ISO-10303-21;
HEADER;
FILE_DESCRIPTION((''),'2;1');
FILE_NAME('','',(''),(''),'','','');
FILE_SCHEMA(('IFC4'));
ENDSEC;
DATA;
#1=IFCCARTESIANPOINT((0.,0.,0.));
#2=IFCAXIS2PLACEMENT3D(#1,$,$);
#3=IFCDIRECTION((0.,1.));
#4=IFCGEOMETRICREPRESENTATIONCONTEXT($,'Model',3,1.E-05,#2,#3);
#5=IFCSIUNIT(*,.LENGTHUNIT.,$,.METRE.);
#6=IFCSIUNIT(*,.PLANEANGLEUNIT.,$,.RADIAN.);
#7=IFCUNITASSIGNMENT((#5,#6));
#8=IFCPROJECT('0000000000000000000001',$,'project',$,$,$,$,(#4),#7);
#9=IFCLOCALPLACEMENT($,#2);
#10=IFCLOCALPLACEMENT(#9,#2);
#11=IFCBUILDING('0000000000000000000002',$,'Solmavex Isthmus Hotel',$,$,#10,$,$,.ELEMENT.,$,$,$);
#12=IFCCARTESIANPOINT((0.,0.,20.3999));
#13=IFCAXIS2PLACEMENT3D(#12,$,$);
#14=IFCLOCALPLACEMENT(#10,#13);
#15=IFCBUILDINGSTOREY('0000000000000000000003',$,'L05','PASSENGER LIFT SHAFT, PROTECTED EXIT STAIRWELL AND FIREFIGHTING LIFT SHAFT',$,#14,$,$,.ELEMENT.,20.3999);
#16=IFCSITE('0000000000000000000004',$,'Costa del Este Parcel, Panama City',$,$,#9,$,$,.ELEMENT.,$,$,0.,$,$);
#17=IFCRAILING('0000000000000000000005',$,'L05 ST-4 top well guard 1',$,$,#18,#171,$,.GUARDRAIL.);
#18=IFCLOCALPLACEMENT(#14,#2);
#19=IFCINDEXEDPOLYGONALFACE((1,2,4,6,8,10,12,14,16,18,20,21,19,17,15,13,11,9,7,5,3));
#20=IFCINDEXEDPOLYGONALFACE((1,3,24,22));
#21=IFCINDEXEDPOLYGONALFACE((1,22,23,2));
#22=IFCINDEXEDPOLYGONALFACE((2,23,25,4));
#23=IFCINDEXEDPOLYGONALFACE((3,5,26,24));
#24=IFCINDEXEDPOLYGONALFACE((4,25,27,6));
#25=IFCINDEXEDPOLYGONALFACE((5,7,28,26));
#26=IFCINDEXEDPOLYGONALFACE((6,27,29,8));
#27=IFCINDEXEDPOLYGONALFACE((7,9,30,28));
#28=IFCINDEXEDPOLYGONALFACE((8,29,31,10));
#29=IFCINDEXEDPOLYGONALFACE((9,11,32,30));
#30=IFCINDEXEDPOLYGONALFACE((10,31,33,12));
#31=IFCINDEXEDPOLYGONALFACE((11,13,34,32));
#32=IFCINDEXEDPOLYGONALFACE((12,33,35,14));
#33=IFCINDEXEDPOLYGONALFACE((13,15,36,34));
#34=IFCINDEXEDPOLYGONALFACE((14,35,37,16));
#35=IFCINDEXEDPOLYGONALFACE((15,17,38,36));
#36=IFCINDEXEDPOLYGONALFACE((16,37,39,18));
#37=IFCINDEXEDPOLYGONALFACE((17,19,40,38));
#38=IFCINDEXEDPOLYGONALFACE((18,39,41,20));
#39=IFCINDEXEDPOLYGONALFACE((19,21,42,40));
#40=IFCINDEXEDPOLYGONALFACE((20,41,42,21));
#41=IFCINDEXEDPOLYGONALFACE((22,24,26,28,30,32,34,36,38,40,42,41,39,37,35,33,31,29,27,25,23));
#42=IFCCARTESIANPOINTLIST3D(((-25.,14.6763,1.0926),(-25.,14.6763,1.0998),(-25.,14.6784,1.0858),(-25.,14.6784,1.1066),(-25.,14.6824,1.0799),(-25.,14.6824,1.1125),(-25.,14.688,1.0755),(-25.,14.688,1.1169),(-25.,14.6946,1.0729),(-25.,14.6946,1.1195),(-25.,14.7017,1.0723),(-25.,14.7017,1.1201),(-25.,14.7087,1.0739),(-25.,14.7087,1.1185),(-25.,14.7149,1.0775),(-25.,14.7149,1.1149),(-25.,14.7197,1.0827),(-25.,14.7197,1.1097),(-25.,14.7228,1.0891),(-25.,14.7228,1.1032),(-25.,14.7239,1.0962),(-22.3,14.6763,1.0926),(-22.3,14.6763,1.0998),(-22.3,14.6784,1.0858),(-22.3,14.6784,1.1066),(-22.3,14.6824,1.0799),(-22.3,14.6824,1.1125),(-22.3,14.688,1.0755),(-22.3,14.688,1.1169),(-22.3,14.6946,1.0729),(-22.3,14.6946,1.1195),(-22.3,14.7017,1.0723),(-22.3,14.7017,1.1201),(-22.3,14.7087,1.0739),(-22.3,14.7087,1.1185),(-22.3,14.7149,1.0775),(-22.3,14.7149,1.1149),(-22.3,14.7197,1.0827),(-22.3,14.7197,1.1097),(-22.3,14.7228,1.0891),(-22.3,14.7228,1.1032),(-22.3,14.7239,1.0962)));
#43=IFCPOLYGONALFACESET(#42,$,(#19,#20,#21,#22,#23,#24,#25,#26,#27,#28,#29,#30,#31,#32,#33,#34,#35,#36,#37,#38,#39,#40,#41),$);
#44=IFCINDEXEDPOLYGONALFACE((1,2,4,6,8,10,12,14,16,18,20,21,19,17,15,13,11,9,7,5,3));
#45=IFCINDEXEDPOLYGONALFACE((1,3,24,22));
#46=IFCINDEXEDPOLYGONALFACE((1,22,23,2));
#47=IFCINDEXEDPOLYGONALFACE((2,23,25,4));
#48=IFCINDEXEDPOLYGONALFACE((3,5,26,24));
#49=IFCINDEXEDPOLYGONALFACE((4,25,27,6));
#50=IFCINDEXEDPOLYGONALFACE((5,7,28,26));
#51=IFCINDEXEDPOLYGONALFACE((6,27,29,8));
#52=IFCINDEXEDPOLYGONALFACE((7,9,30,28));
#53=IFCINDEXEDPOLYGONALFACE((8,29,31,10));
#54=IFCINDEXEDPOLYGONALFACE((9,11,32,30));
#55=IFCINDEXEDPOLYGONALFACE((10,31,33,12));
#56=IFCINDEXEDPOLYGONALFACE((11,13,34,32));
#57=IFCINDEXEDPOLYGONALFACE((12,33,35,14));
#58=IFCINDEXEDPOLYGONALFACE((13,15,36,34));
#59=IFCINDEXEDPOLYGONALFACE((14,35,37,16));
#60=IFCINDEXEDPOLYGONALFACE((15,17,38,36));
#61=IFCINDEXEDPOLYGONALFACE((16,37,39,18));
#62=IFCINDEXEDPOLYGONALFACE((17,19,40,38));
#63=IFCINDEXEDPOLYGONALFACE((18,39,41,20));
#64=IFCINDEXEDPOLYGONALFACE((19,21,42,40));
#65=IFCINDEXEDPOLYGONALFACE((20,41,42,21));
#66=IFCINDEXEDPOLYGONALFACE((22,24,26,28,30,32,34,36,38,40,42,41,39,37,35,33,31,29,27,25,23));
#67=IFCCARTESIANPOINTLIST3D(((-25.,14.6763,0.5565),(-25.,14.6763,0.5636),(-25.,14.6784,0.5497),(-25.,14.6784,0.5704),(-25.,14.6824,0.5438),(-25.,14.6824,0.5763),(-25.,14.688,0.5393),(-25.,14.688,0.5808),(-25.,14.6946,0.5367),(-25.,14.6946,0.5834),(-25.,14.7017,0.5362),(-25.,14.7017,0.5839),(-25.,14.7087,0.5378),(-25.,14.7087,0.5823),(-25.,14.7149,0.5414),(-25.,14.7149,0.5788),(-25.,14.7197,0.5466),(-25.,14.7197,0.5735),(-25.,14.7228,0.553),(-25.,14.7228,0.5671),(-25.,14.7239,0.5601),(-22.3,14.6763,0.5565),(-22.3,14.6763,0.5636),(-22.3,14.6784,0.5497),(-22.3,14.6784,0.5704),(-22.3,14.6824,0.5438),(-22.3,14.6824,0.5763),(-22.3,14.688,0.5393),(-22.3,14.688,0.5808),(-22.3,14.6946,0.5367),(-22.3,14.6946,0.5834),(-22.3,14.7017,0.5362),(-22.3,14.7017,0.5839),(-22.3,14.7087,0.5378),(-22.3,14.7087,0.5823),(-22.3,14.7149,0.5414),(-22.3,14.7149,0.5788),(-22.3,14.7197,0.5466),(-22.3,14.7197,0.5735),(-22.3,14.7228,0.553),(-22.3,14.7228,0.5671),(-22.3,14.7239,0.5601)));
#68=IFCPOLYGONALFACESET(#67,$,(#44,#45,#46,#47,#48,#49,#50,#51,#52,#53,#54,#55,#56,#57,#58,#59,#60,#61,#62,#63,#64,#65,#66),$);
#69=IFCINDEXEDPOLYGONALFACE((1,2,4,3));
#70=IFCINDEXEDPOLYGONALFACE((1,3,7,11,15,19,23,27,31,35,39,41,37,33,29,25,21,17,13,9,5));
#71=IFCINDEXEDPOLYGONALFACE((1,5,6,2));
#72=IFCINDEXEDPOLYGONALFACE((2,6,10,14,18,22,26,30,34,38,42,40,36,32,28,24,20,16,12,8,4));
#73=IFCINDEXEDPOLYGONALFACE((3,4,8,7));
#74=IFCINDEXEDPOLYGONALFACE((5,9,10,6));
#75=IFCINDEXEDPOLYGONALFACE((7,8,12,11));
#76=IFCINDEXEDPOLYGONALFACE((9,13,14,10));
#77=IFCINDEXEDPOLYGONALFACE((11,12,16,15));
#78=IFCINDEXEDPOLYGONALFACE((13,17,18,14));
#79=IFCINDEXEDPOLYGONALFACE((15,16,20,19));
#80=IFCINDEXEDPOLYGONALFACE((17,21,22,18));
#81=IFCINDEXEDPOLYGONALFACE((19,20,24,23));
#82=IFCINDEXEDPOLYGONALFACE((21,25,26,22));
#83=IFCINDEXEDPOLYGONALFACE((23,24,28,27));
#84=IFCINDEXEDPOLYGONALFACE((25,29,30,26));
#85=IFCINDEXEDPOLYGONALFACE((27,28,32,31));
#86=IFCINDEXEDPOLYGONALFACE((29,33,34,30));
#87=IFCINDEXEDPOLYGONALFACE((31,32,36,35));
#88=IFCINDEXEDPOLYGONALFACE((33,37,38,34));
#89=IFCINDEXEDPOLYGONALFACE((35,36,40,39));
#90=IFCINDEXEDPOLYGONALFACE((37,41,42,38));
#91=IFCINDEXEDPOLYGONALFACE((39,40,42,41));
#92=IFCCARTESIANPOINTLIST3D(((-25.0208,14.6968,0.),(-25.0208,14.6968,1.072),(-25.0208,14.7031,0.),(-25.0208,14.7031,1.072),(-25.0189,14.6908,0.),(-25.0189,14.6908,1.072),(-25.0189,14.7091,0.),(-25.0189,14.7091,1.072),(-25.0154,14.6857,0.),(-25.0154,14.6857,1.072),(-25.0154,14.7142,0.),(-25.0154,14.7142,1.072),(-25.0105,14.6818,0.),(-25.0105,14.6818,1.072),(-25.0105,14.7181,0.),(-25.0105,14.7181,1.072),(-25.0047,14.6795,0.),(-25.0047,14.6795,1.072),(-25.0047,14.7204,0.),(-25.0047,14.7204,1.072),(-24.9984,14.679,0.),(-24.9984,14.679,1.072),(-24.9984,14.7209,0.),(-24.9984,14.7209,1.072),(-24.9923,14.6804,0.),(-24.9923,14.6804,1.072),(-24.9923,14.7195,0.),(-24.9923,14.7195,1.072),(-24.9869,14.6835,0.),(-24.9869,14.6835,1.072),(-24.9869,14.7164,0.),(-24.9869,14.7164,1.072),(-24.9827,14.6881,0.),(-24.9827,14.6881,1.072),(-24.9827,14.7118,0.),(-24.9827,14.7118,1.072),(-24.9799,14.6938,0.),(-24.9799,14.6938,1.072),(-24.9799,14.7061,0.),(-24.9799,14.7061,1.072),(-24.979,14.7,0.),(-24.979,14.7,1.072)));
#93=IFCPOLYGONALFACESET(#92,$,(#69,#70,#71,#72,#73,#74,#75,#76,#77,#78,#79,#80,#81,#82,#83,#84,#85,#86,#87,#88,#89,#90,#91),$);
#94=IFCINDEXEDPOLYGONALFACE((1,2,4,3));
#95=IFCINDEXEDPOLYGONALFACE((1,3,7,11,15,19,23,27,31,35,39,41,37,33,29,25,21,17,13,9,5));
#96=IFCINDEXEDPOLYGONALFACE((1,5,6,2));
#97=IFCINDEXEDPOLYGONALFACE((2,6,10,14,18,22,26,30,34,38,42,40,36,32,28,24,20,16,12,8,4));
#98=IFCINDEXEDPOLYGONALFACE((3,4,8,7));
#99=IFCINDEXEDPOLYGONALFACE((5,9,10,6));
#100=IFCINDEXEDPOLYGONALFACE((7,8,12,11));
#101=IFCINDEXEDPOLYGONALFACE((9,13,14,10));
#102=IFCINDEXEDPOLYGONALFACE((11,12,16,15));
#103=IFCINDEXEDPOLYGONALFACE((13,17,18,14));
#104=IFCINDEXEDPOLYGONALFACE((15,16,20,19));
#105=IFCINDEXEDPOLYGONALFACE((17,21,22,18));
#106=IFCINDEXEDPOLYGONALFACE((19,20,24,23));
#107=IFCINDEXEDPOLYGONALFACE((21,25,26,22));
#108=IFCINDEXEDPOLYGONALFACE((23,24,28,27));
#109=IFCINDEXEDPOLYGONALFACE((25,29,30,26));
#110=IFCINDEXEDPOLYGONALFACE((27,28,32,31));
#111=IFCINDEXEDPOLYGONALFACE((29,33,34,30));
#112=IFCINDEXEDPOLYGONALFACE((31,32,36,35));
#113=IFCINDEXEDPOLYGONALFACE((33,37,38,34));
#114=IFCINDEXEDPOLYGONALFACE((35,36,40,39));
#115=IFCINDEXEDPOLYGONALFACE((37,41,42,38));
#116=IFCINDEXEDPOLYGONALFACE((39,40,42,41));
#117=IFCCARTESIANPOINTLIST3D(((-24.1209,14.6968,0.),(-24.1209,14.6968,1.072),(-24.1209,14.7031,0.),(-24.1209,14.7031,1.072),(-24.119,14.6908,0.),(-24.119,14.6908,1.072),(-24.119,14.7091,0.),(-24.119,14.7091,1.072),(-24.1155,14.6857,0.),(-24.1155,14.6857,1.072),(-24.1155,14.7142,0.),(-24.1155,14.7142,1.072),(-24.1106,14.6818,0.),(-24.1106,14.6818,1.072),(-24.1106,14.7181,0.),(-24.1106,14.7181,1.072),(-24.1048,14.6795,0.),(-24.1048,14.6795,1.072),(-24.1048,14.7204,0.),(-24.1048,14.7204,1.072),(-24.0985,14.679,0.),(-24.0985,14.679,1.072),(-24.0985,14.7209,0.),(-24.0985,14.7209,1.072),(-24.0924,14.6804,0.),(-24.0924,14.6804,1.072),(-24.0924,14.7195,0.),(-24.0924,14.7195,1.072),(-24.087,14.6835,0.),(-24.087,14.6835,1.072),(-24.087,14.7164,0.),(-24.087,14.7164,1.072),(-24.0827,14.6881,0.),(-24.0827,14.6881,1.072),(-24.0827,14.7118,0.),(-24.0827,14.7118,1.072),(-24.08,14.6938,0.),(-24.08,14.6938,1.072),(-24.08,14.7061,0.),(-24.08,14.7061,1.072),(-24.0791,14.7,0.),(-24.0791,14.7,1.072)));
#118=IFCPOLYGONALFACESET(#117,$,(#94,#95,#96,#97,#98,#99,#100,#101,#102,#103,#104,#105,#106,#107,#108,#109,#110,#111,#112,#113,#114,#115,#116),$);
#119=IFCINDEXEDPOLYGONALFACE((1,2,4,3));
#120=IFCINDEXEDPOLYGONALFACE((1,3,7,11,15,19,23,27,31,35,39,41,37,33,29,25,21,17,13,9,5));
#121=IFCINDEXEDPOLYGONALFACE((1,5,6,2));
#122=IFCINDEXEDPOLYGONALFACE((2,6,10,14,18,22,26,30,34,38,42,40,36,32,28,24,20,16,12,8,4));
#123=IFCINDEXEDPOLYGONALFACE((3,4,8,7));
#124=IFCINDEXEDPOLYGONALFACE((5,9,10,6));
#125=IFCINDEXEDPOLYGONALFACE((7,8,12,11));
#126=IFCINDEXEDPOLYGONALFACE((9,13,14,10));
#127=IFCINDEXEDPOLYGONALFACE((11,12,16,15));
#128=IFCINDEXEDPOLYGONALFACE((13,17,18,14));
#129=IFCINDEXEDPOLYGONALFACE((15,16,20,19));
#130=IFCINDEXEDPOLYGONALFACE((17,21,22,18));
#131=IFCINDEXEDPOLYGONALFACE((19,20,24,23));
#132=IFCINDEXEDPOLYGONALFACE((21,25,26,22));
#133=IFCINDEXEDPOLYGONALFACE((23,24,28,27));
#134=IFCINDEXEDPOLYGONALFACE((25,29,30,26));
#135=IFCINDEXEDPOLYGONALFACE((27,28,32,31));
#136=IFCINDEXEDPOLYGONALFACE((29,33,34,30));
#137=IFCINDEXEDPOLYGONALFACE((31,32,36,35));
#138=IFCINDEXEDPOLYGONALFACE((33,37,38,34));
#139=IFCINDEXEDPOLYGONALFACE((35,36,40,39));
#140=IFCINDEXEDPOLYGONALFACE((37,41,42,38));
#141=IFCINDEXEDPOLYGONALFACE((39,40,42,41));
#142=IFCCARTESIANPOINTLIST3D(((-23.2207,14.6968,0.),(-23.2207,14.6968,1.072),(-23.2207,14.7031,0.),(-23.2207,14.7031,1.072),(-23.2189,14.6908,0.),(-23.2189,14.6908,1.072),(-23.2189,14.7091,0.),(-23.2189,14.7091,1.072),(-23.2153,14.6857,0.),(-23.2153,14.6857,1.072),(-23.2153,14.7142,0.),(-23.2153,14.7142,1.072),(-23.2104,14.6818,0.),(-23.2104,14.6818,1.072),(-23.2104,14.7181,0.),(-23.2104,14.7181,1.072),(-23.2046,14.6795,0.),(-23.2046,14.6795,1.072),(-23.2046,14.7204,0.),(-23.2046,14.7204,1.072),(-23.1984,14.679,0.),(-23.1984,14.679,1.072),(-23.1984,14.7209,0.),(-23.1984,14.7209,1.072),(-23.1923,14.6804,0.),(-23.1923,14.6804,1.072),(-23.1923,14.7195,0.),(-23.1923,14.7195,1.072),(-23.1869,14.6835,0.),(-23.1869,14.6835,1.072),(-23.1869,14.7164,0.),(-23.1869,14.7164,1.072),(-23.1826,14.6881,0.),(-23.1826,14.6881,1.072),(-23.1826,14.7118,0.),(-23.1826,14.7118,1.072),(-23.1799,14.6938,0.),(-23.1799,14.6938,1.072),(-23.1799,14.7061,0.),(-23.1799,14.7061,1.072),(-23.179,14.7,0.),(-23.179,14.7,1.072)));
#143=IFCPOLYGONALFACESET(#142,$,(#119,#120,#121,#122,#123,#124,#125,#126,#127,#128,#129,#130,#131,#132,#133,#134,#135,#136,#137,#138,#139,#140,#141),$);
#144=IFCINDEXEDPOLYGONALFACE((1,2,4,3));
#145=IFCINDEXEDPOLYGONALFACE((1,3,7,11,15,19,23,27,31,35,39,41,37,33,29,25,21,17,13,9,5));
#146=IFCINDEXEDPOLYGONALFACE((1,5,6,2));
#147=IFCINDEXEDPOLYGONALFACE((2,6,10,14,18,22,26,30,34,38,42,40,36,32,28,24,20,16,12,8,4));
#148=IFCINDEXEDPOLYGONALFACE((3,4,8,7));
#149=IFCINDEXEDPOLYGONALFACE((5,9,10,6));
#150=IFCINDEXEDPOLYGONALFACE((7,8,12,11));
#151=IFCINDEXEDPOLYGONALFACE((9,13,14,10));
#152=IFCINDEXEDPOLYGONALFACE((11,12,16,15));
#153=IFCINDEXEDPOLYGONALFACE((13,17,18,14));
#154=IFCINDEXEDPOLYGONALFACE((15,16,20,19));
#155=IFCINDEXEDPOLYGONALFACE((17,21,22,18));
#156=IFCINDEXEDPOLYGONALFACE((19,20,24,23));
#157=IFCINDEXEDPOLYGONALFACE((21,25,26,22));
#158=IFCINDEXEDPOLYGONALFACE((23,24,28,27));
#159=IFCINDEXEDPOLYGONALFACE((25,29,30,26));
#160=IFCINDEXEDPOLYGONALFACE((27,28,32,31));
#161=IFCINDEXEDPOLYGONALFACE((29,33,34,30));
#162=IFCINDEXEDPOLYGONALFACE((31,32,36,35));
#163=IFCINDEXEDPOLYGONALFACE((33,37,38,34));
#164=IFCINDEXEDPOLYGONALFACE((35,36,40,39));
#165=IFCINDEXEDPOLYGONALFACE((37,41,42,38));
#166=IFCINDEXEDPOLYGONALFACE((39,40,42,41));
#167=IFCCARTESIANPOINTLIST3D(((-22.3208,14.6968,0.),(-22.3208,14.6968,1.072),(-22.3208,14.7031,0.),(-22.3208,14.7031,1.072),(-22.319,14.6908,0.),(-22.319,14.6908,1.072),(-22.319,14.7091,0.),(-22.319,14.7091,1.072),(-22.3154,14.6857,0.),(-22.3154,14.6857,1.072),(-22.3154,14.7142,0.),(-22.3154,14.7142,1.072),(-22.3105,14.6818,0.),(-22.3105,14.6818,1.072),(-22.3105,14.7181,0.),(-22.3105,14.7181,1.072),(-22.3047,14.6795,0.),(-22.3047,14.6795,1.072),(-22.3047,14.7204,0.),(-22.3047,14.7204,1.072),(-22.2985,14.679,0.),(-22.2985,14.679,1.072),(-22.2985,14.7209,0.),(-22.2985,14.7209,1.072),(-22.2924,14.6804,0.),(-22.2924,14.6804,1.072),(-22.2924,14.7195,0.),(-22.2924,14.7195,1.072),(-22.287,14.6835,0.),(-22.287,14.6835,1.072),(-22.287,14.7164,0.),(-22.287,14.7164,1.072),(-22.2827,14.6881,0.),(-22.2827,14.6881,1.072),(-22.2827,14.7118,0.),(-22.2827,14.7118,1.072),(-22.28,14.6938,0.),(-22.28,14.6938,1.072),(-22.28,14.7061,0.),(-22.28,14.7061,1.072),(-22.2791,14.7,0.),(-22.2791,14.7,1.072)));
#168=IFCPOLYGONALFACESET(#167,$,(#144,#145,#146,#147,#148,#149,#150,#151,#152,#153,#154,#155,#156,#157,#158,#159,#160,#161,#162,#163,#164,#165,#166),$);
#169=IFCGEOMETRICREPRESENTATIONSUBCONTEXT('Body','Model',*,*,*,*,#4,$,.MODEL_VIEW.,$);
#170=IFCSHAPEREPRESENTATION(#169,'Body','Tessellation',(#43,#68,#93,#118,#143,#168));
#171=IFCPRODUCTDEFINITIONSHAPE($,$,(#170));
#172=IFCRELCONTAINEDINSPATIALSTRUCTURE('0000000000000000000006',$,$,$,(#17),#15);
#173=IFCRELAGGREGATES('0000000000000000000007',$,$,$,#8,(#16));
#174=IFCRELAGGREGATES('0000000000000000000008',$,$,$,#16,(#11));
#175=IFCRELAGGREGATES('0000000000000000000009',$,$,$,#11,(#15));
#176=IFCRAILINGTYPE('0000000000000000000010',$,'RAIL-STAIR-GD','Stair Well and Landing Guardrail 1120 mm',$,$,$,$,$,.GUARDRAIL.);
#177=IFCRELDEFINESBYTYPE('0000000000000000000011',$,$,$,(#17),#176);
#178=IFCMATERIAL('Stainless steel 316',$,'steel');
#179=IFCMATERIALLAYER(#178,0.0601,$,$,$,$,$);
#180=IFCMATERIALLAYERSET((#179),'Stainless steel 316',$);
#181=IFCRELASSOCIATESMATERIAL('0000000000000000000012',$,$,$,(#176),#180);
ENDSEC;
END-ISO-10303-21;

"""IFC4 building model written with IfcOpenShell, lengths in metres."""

from ifc_helpers import new_model, si_unit, direction, frame, origin, origin_2d, place, context, subcontext, project, spatial, circle, extrude, material, layer, layer_set, type_object, element, save


model = new_model("IFC4")

# Units and contexts
model_context = context("Model", 3, precision=1e-05, world=origin(), true_north=direction((0.0, 1.0)))
body_context = subcontext(model_context, "Body", "Model", "MODEL_VIEW")
ifc_project = project(units=[si_unit("LENGTHUNIT", "METRE"), si_unit("PLANEANGLEUNIT", "RADIAN")], contexts=[model_context])

# Site, building, storey
site_placement = place(None, origin())
site = spatial("IfcSite", under=ifc_project, at=site_placement, Name="Costa del Este Parcel, Panama City", CompositionType="ELEMENT", RefElevation=0.0)
building_placement = place(site_placement, origin())
building = spatial("IfcBuilding", under=site, at=building_placement, Name="Solmavex Isthmus Hotel", CompositionType="ELEMENT")
storey_placement = place(building_placement, frame((0.0, 0.0, 20.3999)))
storey = spatial("IfcBuildingStorey", under=building, at=storey_placement, Name="L05", Description="PASSENGER LIFT SHAFT, PROTECTED EXIT STAIRWELL AND FIREFIGHTING LIFT SHAFT", CompositionType="ELEMENT", Elevation=20.3999)

# Railing
ifc_material_1 = material(Name="Stainless steel 316", Category="steel")
ifc_layer_1 = layer(ifc_material_1, 0.0601)
ifc_layer_set_1 = layer_set([ifc_layer_1], Name="Stainless steel 316")
railing_type = type_object("IfcRailingType", Name="RAIL-STAIR-GD", Description="Stair Well and Landing Guardrail 1120 mm", PredefinedType="GUARDRAIL", material=ifc_layer_set_1)
railing_placement = place(storey_placement, frame((-25.0, 14.7, 0.0)))
element("IfcRailing", 1, at=railing_placement, inside=storey, type_object=railing_type, Name="L05 ST-4 top well guard 1", PredefinedType="GUARDRAIL", context=body_context, shape_type="SweptSolid", body=[
    extrude(circle(Radius=0.0239, at=origin_2d()), frame((0.0, 0.0, 1.0962), z_axis=(1.0, 0.0, 0.0), x_axis=(0.0, 1.0, 0.0)), (0.0, 0.0, 1.0), 2.7),
    extrude(circle(Radius=0.0239, at=origin_2d()), frame((0.0, 0.0, 0.5601), z_axis=(1.0, 0.0, 0.0), x_axis=(0.0, 1.0, 0.0)), (0.0, 0.0, 1.0), 2.7),
    extrude(circle(Radius=0.021, at=origin_2d()), origin(), (0.0, 0.0, 1.0), 1.072),
    extrude(circle(Radius=0.021, at=origin_2d()), frame((0.8999, 0.0, 0.0)), (0.0, 0.0, 1.0), 1.072),
    extrude(circle(Radius=0.021, at=origin_2d()), frame((1.8, 0.0, 0.0)), (0.0, 0.0, 1.0), 1.072),
    extrude(circle(Radius=0.021, at=origin_2d()), frame((2.7, 0.0, 0.0)), (0.0, 0.0, 1.0), 1.072),
])

save(model, "model.ifc")
